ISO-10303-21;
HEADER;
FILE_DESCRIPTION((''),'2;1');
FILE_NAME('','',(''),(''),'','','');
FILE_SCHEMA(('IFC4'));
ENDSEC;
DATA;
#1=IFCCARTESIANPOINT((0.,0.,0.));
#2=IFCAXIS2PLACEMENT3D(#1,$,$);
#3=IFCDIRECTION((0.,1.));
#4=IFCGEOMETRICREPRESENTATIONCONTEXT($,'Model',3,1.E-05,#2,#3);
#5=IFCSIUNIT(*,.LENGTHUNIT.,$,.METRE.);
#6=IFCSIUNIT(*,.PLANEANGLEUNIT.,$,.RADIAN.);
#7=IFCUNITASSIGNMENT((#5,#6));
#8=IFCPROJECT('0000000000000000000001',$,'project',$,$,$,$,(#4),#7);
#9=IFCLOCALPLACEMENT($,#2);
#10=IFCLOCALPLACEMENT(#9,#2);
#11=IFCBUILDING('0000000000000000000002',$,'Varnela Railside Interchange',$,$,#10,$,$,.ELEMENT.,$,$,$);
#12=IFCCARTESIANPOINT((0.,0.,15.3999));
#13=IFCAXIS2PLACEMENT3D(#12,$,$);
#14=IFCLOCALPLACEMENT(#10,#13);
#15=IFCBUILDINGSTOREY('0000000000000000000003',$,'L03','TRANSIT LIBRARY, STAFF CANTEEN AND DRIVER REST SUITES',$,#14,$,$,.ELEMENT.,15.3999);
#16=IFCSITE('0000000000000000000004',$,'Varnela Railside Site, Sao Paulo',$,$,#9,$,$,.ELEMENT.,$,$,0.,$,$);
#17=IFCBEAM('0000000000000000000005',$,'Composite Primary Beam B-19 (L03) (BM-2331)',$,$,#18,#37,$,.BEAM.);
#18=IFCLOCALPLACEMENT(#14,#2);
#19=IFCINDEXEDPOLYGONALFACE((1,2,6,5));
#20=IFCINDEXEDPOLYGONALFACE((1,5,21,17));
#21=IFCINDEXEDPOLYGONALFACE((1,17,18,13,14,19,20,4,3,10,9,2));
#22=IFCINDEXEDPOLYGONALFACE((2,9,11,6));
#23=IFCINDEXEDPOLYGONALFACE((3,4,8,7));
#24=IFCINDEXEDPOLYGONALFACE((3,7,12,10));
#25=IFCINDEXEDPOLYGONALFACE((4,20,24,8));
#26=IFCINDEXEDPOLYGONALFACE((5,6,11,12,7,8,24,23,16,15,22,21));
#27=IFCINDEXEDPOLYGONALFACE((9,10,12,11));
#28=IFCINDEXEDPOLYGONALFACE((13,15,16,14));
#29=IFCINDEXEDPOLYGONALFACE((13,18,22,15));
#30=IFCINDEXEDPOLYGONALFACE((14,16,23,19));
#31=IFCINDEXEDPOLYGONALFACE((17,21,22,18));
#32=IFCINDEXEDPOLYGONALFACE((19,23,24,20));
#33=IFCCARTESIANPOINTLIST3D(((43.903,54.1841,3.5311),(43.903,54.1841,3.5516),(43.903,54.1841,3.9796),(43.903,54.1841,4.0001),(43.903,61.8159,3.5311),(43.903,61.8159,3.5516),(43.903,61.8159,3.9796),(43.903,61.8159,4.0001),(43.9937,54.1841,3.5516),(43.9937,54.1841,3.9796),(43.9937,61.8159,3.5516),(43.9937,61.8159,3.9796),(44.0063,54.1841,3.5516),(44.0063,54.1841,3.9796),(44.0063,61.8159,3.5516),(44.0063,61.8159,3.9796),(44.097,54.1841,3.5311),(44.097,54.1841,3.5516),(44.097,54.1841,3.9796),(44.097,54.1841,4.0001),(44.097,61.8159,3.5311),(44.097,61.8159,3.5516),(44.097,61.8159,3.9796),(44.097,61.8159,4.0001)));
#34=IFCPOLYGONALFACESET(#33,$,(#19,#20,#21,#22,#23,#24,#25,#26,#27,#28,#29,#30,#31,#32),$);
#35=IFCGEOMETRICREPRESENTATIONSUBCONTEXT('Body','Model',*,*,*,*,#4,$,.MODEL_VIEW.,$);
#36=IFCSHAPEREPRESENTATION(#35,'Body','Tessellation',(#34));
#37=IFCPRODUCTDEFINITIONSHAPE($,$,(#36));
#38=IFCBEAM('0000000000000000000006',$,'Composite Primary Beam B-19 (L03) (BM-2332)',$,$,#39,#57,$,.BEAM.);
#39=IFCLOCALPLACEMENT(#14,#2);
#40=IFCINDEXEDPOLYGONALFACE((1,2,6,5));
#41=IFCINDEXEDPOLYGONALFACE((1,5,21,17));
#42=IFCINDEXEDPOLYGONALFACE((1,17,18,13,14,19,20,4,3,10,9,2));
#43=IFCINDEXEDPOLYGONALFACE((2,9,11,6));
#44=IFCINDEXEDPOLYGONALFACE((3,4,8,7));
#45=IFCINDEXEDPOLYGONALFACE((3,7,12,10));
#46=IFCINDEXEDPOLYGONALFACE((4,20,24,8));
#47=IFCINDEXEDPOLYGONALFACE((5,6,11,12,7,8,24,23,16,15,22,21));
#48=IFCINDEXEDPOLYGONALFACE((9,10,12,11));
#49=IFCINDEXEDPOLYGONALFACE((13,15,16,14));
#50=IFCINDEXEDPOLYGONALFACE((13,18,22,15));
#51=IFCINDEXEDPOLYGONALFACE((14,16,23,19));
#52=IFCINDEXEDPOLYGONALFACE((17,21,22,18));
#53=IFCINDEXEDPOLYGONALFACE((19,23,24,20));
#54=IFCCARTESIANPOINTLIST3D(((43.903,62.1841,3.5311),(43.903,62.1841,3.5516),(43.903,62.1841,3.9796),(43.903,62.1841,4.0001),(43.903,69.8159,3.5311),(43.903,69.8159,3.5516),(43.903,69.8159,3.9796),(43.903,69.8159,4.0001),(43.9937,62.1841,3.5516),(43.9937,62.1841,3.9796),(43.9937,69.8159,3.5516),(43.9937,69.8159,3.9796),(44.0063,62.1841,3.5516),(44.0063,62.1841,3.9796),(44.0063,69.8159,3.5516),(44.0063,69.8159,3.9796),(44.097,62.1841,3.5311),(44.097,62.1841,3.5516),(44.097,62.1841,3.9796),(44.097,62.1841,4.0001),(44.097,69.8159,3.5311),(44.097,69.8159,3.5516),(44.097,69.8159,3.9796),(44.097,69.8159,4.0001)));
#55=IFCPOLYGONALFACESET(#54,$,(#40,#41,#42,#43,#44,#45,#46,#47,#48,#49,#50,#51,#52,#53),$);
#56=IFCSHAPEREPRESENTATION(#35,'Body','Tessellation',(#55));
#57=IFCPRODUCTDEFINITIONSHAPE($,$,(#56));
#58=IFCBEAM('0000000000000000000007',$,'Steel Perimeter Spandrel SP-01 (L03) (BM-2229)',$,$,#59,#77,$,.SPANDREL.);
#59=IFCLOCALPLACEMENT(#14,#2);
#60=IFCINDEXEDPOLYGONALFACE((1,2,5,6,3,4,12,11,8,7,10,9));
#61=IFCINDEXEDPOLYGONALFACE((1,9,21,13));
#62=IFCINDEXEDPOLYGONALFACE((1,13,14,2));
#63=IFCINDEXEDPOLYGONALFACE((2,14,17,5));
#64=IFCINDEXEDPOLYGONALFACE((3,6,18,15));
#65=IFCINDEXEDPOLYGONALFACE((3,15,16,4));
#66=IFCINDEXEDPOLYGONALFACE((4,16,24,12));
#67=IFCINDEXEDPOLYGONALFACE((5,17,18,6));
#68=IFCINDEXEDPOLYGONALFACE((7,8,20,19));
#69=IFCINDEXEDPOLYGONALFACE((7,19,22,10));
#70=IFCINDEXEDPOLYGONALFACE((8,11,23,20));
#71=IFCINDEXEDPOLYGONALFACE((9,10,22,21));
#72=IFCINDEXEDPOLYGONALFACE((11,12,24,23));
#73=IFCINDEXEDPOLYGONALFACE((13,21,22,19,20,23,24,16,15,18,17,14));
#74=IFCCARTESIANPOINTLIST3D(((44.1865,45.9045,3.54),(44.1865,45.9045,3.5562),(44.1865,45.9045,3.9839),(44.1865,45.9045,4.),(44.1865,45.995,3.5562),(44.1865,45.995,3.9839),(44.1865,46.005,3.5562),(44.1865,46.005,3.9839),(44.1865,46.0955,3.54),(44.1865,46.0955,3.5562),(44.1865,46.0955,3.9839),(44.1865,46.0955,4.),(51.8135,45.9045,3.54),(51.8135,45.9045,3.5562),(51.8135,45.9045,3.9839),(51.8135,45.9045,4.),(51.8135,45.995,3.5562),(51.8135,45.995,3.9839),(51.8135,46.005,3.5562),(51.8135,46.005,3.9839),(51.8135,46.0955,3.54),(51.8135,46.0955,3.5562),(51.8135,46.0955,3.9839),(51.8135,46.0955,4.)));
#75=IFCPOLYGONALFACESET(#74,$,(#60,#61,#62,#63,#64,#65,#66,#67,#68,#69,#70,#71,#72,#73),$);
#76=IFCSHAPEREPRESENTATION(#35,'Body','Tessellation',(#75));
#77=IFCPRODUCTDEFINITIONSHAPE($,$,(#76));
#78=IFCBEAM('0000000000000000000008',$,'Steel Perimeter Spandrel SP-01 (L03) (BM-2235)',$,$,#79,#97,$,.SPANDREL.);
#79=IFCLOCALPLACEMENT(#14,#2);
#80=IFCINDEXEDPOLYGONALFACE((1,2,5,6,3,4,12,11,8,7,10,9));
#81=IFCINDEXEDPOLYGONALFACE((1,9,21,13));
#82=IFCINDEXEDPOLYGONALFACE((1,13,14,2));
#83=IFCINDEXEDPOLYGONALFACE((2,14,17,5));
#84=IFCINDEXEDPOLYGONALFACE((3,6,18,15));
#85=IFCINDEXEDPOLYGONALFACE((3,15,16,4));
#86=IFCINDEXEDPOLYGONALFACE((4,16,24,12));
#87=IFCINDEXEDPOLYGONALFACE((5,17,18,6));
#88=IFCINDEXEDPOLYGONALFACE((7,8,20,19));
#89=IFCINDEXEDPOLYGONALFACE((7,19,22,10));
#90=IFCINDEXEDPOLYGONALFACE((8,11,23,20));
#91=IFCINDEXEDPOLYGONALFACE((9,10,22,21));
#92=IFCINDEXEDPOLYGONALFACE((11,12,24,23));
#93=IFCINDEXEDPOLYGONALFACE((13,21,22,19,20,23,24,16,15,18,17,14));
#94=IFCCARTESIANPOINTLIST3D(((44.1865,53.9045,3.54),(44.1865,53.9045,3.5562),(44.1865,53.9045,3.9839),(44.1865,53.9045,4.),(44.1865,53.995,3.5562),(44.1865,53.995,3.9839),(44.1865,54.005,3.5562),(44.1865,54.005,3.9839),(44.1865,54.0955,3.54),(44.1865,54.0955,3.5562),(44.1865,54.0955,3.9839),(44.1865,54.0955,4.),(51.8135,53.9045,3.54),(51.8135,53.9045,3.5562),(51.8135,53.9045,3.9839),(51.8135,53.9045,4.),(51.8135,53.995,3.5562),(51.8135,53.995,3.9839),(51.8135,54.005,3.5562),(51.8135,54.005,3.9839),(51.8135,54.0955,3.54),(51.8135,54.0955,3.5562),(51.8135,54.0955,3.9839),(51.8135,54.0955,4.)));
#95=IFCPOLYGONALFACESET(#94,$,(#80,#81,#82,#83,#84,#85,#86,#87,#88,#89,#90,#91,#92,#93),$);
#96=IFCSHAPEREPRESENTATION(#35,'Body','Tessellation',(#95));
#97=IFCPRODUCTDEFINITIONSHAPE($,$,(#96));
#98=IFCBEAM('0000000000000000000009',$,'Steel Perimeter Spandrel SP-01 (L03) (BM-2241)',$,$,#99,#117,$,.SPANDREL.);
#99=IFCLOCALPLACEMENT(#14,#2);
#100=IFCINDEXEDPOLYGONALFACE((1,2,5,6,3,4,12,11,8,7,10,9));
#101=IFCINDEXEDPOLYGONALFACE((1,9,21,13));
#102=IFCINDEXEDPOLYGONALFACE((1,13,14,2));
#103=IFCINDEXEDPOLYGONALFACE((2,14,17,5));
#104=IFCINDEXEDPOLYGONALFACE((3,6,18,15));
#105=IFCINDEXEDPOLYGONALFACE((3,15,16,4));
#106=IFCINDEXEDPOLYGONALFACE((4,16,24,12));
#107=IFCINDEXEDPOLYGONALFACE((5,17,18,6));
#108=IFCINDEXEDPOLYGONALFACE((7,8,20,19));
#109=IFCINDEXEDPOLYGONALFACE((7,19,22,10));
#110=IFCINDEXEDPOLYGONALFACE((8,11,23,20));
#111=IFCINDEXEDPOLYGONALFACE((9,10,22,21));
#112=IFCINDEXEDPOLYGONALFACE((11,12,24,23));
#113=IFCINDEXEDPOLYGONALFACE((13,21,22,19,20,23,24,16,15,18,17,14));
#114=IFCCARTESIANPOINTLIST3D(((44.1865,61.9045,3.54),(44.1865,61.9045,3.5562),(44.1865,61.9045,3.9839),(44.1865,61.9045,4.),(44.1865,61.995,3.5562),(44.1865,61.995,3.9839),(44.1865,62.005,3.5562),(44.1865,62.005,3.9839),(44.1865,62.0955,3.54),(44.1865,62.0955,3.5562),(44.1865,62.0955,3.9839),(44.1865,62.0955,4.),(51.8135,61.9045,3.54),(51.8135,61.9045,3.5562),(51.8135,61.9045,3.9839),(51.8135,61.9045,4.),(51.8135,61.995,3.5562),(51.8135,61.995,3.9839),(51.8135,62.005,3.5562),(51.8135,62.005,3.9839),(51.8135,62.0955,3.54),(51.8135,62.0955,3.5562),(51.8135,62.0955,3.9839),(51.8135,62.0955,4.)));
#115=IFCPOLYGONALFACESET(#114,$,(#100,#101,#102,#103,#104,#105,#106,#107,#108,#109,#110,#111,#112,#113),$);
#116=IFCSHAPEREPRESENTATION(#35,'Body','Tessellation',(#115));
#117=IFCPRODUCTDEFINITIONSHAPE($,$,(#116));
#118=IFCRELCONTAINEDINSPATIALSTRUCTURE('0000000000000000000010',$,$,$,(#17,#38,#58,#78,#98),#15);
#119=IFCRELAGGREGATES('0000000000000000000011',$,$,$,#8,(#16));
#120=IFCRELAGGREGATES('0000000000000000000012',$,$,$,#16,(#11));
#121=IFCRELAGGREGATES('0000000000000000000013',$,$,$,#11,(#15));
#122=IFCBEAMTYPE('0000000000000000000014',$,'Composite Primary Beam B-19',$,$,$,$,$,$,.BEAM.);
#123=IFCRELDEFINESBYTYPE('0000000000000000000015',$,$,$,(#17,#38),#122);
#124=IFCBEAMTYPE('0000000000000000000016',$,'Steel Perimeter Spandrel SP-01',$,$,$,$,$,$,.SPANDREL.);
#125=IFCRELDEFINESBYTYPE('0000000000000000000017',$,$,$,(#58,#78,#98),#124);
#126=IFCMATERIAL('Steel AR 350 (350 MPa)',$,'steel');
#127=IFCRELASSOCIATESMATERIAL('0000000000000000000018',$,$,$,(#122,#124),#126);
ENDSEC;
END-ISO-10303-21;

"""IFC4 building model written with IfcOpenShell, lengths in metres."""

from ifc_helpers import new_model, si_unit, direction, frame, origin, origin_2d, place, context, subcontext, project, spatial, i_section, extrude, material, material_profile, profile_set, type_object, element, save


model = new_model("IFC4")

# Units and contexts
model_context = context("Model", 3, precision=1e-05, world=origin(), true_north=direction((0.0, 1.0)))
body_context = subcontext(model_context, "Body", "Model", "MODEL_VIEW")
ifc_project = project(units=[si_unit("LENGTHUNIT", "METRE"), si_unit("PLANEANGLEUNIT", "RADIAN")], contexts=[model_context])

# Site, building, storey
site_placement = place(None, origin())
site = spatial("IfcSite", under=ifc_project, at=site_placement, Name="Varnela Railside Site, Sao Paulo", CompositionType="ELEMENT", RefElevation=0.0)
building_placement = place(site_placement, origin())
building = spatial("IfcBuilding", under=site, at=building_placement, Name="Varnela Railside Interchange", CompositionType="ELEMENT")
storey_placement = place(building_placement, frame((0.0, 0.0, 15.3999)))
storey = spatial("IfcBuildingStorey", under=building, at=storey_placement, Name="L03", Description="TRANSIT LIBRARY, STAFF CANTEEN AND DRIVER REST SUITES", CompositionType="ELEMENT", Elevation=15.3999)

# Shared definitions
ifc_material = material(Name="Steel AR 350 (350 MPa)", Category="steel")

# Beams
ifc_material_profile_1 = material_profile(ifc_material, i_section(OverallWidth=0.1941, OverallDepth=0.469, WebThickness=0.0127, FlangeThickness=0.0205, at=origin_2d()), Name="W460x106")
ifc_profile_set_1 = profile_set([ifc_material_profile_1], Name="Steel AR 350 (350 MPa)")
beam_type_1 = type_object("IfcBeamType", Name="Composite Primary Beam B-19", PredefinedType="BEAM", material=ifc_profile_set_1)
for number, where, z_axis, x_axis, name in (
    (1, (44.0, 54.1841, 3.7656), (0.0, 1.0, 0.0), (-1.0, 0.0, 0.0), "Composite Primary Beam B-19 (L03) (BM-2331)"),
    (2, (44.0, 62.1841, 3.7656), (0.0, 1.0, 0.0), (-1.0, 0.0, 0.0), "Composite Primary Beam B-19 (L03) (BM-2332)"),
):
    element("IfcBeam", number, at=place(storey_placement, frame(where, z_axis=z_axis, x_axis=x_axis)), inside=storey, type_object=beam_type_1, Name=name, PredefinedType="BEAM", context=body_context, shape_type="SweptSolid", body=[
        extrude(i_section(OverallWidth=0.1941, OverallDepth=0.469, WebThickness=0.0127, FlangeThickness=0.0205, at=origin_2d()), origin(), (0.0, 0.0, 1.0), 7.6318),
    ])
ifc_material_profile_2 = material_profile(ifc_material, i_section(OverallWidth=0.1909, OverallDepth=0.46, WebThickness=0.01, FlangeThickness=0.0161, at=origin_2d()), Name="W460x82")
ifc_profile_set_2 = profile_set([ifc_material_profile_2], Name="Steel AR 350 (350 MPa)")
beam_type_2 = type_object("IfcBeamType", Name="Steel Perimeter Spandrel SP-01", PredefinedType="SPANDREL", material=ifc_profile_set_2)
for number, where, z_axis, x_axis, name in (
    (3, (44.1865, 46.0, 3.77), (1.0, 0.0, 0.0), (0.0, 1.0, 0.0), "Steel Perimeter Spandrel SP-01 (L03) (BM-2229)"),
    (4, (44.1865, 54.0, 3.77), (1.0, 0.0, 0.0), (0.0, 1.0, 0.0), "Steel Perimeter Spandrel SP-01 (L03) (BM-2235)"),
    (5, (44.1865, 62.0, 3.77), (1.0, 0.0, 0.0), (0.0, 1.0, 0.0), "Steel Perimeter Spandrel SP-01 (L03) (BM-2241)"),
):
    element("IfcBeam", number, at=place(storey_placement, frame(where, z_axis=z_axis, x_axis=x_axis)), inside=storey, type_object=beam_type_2, Name=name, PredefinedType="SPANDREL", context=body_context, shape_type="SweptSolid", body=[
        extrude(i_section(OverallWidth=0.1909, OverallDepth=0.46, WebThickness=0.01, FlangeThickness=0.0161, at=origin_2d()), origin(), (0.0, 0.0, 1.0), 7.627),
    ])

save(model, "model.ifc")
